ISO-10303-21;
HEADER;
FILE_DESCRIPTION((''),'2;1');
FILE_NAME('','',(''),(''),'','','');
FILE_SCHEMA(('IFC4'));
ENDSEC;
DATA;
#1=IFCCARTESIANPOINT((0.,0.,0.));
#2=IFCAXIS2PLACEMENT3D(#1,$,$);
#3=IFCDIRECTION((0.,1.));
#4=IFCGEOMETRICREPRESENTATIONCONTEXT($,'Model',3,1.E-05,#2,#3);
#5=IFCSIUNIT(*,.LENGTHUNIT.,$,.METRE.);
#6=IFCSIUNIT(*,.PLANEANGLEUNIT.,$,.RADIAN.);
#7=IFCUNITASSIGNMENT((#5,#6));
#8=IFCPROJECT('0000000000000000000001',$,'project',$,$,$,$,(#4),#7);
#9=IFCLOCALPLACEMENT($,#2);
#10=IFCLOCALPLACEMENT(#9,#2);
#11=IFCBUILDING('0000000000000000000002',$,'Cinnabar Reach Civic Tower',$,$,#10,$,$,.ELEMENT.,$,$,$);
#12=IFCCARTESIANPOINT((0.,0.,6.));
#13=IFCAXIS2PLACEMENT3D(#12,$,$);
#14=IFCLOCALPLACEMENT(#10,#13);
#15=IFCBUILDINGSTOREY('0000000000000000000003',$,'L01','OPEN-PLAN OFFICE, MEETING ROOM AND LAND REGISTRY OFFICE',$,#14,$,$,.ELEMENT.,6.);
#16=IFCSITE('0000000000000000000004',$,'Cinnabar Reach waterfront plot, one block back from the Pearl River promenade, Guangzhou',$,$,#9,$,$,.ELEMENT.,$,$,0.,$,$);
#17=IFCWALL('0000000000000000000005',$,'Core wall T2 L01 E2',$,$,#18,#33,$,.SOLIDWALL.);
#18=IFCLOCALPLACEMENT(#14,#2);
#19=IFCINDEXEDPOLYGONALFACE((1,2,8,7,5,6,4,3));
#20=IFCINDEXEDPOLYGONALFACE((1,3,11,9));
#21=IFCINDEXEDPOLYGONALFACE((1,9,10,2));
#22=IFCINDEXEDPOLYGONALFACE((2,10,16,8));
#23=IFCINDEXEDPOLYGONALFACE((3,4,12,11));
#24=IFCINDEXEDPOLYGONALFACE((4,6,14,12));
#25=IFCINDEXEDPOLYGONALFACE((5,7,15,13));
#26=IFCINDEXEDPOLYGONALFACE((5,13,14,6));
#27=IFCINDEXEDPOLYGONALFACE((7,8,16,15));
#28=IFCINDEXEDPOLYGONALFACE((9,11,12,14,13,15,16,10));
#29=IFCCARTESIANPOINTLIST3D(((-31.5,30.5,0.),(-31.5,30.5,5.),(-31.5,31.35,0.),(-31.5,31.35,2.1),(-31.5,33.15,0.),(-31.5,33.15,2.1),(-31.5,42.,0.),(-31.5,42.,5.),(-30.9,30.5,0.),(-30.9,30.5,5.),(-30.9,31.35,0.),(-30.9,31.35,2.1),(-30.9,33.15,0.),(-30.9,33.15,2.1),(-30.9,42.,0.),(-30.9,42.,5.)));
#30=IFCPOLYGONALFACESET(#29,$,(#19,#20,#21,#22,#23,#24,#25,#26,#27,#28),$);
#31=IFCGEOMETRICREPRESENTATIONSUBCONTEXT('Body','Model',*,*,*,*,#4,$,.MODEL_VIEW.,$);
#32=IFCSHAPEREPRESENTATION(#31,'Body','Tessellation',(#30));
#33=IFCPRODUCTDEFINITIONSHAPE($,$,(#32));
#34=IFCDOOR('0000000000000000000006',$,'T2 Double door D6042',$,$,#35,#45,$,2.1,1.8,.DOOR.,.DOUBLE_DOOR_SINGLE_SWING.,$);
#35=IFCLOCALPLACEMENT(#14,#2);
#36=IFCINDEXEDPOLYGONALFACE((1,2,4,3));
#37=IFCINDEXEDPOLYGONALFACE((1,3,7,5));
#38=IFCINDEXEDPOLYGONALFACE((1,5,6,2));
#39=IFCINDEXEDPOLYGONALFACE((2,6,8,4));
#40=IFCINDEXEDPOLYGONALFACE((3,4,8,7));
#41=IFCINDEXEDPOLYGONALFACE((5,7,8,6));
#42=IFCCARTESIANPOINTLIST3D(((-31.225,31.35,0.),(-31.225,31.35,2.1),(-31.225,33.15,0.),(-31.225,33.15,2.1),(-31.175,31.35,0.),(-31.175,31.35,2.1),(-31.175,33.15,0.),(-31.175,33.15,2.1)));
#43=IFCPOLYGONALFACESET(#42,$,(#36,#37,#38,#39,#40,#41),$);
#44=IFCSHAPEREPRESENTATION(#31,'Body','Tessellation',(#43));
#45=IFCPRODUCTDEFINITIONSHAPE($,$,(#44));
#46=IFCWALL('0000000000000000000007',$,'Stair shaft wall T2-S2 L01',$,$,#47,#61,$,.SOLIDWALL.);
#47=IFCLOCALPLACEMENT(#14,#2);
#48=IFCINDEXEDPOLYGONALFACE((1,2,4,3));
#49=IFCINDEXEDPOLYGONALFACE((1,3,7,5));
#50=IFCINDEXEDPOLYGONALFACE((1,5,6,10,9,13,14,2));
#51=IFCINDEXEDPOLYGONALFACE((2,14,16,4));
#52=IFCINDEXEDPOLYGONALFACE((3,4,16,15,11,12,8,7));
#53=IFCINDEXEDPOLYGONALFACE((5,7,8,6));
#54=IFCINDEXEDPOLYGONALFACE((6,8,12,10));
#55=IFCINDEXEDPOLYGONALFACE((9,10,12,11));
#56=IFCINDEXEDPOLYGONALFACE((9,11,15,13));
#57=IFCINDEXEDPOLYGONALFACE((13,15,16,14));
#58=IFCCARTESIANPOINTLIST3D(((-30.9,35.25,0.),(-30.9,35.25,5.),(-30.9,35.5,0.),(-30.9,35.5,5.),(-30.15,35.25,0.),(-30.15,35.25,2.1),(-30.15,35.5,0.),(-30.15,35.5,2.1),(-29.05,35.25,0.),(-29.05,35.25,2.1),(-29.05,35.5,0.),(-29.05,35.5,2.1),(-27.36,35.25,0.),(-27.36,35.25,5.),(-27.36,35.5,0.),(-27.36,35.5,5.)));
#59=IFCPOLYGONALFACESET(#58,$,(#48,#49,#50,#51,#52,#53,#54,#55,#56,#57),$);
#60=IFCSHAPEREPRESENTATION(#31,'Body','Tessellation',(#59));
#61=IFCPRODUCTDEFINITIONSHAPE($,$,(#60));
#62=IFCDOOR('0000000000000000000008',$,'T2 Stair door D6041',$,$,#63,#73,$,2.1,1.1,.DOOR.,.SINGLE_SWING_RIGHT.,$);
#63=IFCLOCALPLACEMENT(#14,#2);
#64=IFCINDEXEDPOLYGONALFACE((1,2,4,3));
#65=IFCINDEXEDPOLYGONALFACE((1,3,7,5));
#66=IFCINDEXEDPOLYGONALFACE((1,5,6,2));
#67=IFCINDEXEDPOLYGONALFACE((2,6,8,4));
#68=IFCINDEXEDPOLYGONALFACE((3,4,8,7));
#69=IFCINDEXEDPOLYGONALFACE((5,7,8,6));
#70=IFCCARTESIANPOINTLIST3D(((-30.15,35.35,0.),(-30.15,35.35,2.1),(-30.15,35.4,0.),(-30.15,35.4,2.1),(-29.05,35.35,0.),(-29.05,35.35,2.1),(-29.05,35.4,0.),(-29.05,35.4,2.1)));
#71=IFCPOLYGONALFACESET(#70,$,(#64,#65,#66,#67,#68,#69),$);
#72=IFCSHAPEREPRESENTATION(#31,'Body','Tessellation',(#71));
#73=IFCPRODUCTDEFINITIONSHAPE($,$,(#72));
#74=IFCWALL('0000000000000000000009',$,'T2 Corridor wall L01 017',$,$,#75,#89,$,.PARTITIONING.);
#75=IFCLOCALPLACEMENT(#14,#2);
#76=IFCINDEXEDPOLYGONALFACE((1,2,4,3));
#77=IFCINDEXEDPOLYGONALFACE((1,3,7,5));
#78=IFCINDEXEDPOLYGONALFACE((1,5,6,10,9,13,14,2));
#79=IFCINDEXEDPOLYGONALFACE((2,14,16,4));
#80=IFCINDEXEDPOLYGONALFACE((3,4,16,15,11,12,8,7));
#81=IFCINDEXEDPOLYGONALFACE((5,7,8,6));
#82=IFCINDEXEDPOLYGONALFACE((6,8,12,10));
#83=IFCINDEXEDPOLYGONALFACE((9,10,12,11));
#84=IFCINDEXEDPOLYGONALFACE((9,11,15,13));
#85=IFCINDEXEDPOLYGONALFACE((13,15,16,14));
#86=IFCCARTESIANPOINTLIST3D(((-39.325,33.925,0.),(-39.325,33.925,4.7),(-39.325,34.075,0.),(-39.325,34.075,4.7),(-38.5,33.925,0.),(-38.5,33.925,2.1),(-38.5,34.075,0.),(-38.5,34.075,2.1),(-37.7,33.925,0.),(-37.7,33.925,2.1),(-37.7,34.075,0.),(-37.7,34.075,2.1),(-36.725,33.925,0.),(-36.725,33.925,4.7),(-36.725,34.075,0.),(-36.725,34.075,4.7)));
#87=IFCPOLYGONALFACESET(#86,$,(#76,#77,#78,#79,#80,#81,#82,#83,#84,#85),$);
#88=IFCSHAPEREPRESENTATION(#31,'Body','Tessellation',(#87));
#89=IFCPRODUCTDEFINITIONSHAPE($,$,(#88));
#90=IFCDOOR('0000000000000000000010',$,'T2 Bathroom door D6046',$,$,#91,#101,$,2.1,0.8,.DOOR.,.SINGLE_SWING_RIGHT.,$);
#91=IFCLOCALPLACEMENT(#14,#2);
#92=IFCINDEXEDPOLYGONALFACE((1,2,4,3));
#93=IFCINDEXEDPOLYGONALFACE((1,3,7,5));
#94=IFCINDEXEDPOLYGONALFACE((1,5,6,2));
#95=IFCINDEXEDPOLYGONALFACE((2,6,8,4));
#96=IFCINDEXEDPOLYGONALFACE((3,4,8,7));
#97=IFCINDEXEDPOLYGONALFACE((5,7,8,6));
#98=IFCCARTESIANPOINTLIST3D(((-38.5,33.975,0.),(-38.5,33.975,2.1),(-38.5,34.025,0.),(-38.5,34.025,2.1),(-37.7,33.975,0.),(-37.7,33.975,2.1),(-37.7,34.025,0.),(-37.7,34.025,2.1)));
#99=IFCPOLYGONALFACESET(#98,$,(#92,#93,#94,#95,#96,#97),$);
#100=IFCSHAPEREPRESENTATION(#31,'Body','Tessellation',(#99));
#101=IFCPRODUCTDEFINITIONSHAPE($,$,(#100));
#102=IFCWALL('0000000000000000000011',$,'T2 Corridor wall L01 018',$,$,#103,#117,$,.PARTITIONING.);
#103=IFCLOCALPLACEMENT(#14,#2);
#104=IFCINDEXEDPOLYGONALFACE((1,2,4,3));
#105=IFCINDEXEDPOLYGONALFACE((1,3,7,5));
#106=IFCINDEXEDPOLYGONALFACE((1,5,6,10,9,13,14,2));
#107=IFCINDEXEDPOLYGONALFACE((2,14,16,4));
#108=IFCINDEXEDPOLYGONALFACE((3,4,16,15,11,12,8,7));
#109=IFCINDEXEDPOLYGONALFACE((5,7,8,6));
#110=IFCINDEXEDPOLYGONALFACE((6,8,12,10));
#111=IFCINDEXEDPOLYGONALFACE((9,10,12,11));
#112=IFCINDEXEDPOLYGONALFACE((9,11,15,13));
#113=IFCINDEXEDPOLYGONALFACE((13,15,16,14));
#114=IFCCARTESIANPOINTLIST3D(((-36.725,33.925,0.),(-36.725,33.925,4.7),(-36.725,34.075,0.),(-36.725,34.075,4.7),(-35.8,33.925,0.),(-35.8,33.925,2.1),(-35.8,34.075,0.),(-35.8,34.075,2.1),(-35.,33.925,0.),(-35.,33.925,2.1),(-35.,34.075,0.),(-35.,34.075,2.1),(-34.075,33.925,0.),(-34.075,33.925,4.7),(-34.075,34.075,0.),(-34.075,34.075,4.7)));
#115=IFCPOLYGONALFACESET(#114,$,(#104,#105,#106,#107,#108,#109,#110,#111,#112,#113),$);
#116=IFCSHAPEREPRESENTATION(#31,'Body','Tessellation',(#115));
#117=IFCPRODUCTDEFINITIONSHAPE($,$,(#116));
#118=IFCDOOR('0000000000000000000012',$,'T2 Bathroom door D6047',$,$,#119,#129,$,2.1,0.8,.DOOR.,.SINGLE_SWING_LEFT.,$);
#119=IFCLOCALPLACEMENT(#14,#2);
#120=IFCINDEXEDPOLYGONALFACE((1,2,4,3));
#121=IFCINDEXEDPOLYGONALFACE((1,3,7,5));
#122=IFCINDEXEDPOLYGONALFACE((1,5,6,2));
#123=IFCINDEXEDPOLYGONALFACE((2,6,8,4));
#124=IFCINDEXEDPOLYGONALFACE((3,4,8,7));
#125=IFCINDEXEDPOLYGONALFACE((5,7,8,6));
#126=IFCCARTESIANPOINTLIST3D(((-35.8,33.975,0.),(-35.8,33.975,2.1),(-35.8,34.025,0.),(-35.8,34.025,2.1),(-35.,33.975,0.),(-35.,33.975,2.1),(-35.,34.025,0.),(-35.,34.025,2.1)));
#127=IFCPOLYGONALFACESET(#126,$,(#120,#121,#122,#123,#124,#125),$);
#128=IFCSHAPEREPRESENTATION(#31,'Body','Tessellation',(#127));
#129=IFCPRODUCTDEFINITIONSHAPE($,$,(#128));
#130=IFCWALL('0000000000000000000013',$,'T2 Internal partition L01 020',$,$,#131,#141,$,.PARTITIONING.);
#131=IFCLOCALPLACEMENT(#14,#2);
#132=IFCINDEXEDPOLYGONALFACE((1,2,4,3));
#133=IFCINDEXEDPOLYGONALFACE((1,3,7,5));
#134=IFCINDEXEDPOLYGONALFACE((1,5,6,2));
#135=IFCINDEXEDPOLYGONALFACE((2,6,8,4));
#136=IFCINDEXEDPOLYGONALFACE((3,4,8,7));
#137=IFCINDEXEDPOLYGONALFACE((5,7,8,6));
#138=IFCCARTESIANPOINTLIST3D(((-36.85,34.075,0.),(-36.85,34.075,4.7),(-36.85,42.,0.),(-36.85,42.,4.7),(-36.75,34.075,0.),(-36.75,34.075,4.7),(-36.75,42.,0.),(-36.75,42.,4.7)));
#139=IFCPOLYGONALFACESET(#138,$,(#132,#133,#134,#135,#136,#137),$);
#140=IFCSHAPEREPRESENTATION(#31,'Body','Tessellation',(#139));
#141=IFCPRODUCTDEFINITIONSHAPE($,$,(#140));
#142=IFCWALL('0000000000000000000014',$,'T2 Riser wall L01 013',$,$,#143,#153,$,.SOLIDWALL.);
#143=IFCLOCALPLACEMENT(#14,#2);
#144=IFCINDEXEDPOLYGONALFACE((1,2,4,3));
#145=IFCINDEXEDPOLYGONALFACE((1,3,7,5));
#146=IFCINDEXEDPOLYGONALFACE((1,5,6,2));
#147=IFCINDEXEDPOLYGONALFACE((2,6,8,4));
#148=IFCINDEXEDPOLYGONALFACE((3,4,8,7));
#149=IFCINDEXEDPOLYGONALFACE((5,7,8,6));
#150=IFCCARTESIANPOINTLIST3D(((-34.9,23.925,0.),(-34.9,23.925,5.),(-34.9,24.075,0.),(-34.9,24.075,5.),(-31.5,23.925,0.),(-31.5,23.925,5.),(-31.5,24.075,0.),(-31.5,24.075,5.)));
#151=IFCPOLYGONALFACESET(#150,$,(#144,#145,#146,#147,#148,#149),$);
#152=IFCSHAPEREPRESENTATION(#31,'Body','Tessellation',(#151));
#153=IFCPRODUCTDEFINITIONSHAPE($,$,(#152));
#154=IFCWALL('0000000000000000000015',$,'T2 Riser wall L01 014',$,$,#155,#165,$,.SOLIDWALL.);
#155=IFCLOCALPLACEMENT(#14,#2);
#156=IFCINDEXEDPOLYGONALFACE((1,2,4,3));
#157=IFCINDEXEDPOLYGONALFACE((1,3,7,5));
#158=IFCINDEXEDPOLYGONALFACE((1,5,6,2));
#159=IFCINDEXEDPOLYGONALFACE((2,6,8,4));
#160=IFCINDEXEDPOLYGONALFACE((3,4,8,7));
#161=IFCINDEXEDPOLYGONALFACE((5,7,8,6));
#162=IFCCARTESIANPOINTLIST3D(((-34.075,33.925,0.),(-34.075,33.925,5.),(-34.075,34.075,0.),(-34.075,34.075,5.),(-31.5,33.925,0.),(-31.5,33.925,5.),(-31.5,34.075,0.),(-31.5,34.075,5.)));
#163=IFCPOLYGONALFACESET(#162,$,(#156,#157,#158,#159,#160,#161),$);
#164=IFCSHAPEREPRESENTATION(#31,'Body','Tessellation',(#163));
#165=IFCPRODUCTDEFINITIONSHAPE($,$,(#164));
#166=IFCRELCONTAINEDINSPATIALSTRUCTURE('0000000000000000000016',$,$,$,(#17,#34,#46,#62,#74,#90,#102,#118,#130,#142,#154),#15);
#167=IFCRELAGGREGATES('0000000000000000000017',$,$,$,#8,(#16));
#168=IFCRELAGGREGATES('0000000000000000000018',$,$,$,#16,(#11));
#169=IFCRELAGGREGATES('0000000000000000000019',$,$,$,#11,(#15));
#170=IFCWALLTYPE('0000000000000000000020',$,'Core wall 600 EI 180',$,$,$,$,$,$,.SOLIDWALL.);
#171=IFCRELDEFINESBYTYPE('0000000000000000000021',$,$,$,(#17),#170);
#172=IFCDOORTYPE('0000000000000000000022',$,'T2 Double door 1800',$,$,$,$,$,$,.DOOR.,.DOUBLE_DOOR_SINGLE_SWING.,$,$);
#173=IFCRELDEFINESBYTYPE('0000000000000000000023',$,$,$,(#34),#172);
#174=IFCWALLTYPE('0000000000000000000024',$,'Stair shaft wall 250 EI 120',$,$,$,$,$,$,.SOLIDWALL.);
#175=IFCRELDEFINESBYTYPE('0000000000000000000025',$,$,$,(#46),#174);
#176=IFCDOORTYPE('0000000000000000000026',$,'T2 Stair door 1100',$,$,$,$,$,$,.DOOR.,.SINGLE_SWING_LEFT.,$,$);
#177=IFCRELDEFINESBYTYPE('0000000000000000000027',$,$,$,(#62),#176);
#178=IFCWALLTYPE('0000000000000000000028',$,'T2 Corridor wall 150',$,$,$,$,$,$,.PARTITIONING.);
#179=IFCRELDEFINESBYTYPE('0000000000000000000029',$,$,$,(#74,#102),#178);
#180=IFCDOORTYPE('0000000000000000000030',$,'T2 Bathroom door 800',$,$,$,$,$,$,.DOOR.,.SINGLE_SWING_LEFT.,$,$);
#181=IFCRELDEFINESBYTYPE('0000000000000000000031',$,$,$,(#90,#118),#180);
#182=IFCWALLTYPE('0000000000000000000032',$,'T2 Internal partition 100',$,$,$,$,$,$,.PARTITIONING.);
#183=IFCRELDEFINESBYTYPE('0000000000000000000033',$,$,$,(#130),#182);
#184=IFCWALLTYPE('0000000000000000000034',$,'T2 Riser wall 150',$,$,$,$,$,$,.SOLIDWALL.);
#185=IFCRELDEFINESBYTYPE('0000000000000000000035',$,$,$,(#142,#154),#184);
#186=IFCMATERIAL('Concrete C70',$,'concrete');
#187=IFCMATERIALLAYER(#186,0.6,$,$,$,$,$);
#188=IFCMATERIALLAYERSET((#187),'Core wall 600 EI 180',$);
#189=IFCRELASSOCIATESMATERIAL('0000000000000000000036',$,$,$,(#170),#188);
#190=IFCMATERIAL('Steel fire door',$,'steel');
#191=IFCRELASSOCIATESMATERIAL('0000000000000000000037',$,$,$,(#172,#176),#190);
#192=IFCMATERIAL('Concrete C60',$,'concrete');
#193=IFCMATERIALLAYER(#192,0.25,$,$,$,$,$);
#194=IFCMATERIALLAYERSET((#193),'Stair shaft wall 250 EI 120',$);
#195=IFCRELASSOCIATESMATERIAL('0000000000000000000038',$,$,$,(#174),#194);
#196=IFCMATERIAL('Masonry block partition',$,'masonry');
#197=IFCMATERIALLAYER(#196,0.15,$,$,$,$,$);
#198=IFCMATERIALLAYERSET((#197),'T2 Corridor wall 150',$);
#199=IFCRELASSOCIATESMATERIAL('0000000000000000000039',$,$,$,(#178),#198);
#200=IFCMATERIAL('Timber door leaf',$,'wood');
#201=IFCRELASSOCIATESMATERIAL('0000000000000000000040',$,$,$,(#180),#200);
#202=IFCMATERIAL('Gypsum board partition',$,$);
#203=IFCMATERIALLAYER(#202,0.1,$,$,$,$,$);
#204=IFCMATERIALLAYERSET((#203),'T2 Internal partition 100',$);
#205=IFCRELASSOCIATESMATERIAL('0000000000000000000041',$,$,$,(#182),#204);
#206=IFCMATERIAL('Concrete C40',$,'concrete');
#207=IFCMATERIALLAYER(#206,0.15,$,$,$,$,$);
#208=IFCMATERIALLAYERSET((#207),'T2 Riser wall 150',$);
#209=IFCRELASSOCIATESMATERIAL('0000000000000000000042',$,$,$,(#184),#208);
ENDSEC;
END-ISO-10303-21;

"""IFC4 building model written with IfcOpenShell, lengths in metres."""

from ifc_helpers import new_model, si_unit, direction, frame, frame_2d, origin, place, context, subcontext, project, spatial, rectangle, extrude, material, layer, layer_set, type_object, element, fill, save


model = new_model("IFC4")

# Units and contexts
model_context = context("Model", 3, precision=1e-05, world=origin(), true_north=direction((0.0, 1.0)))
body_context = subcontext(model_context, "Body", "Model", "MODEL_VIEW")
ifc_project = project(units=[si_unit("LENGTHUNIT", "METRE"), si_unit("PLANEANGLEUNIT", "RADIAN")], contexts=[model_context])

# Site, building, storey
site_placement = place(None, origin())
site = spatial("IfcSite", under=ifc_project, at=site_placement, Name="Cinnabar Reach waterfront plot, one block back from the Pearl River promenade, Guangzhou", CompositionType="ELEMENT", RefElevation=0.0)
building_placement = place(site_placement, origin())
building = spatial("IfcBuilding", under=site, at=building_placement, Name="Cinnabar Reach Civic Tower", CompositionType="ELEMENT")
storey_placement = place(building_placement, frame((0.0, 0.0, 6.0)))
storey = spatial("IfcBuildingStorey", under=building, at=storey_placement, Name="L01", Description="OPEN-PLAN OFFICE, MEETING ROOM AND LAND REGISTRY OFFICE", CompositionType="ELEMENT", Elevation=6.0)

# Walls, openings, doors
ifc_material_1 = material(Name="Concrete C70", Category="concrete")
ifc_layer_1 = layer(ifc_material_1, 0.6)
ifc_layer_set_1 = layer_set([ifc_layer_1], Name="Core wall 600 EI 180")
wall_type_1 = type_object("IfcWallType", Name="Core wall 600 EI 180", PredefinedType="SOLIDWALL", material=ifc_layer_set_1)
wall_1_placement = place(storey_placement, frame((-31.2, 30.5, 0.0), z_axis=(0.0, 0.0, 1.0), x_axis=(0.0, 1.0, 0.0)))
wall_1 = element("IfcWall", 1, at=wall_1_placement, inside=storey, type_object=wall_type_1, Name="Core wall T2 L01 E2", PredefinedType="SOLIDWALL", context=body_context, shape_type="SweptSolid", body=[
    extrude(rectangle(XDim=11.5, YDim=0.6, at=frame_2d((5.75, 0.0))), origin(), (0.0, 0.0, 1.0), 5.0),
])
opening_1_placement = place(wall_1_placement, frame((0.85, 0.0, 0.0)))
opening_1 = element("IfcOpeningElement", 2, at=opening_1_placement, cuts=wall_1, PredefinedType="OPENING", context=body_context, shape_type="SweptSolid", body=[
    extrude(rectangle(XDim=1.8, YDim=2.1, at=frame_2d((0.9, 1.05))), frame((0.0, 0.31, 0.0), z_axis=(0.0, -1.0, 0.0), x_axis=(1.0, 0.0, 0.0)), (0.0, 0.0, 1.0), 0.62),
])
ifc_material_2 = material(Name="Steel fire door", Category="steel")
door_type_1 = type_object("IfcDoorType", Name="T2 Double door 1800", OperationType="DOUBLE_DOOR_SINGLE_SWING", PredefinedType="DOOR", material=ifc_material_2)
door_1_placement = place(opening_1_placement, origin())
door_1 = element("IfcDoor", 3, at=door_1_placement, inside=storey, type_object=door_type_1, Name="T2 Double door D6042", OperationType="DOUBLE_DOOR_SINGLE_SWING", OverallHeight=2.1, OverallWidth=1.8, PredefinedType="DOOR", context=body_context, shape_type="SweptSolid", body=[
    extrude(rectangle(XDim=1.8, YDim=2.1, at=frame_2d((0.9, 1.05))), frame((0.0, 0.025, 0.0), z_axis=(0.0, -1.0, 0.0), x_axis=(1.0, 0.0, 0.0)), (0.0, 0.0, 1.0), 0.05),
])
fill(opening_1, door_1)
ifc_material_3 = material(Name="Concrete C60", Category="concrete")
ifc_layer_2 = layer(ifc_material_3, 0.25)
ifc_layer_set_2 = layer_set([ifc_layer_2], Name="Stair shaft wall 250 EI 120")
wall_type_2 = type_object("IfcWallType", Name="Stair shaft wall 250 EI 120", PredefinedType="SOLIDWALL", material=ifc_layer_set_2)
wall_2_placement = place(storey_placement, frame((-30.9, 35.375, 0.0), z_axis=(0.0, 0.0, 1.0), x_axis=(1.0, 0.0, 0.0)))
wall_2 = element("IfcWall", 4, at=wall_2_placement, inside=storey, type_object=wall_type_2, Name="Stair shaft wall T2-S2 L01", PredefinedType="SOLIDWALL", context=body_context, shape_type="SweptSolid", body=[
    extrude(rectangle(XDim=3.54, YDim=0.25, at=frame_2d((1.77, 0.0))), origin(), (0.0, 0.0, 1.0), 5.0),
])
opening_2_placement = place(wall_2_placement, frame((0.75, 0.0, 0.0)))
opening_2 = element("IfcOpeningElement", 5, at=opening_2_placement, cuts=wall_2, PredefinedType="OPENING", context=body_context, shape_type="SweptSolid", body=[
    extrude(rectangle(XDim=1.1, YDim=2.1, at=frame_2d((0.55, 1.05))), frame((0.0, 0.135, 0.0), z_axis=(0.0, -1.0, 0.0), x_axis=(1.0, 0.0, 0.0)), (0.0, 0.0, 1.0), 0.27),
])
door_type_2 = type_object("IfcDoorType", Name="T2 Stair door 1100", OperationType="SINGLE_SWING_LEFT", PredefinedType="DOOR", material=ifc_material_2)
door_2_placement = place(opening_2_placement, origin())
door_2 = element("IfcDoor", 6, at=door_2_placement, inside=storey, type_object=door_type_2, Name="T2 Stair door D6041", OperationType="SINGLE_SWING_RIGHT", OverallHeight=2.1, OverallWidth=1.1, PredefinedType="DOOR", context=body_context, shape_type="SweptSolid", body=[
    extrude(rectangle(XDim=1.1, YDim=2.1, at=frame_2d((0.55, 1.05))), frame((0.0, 0.025, 0.0), z_axis=(0.0, -1.0, 0.0), x_axis=(1.0, 0.0, 0.0)), (0.0, 0.0, 1.0), 0.05),
])
fill(opening_2, door_2)
ifc_material_4 = material(Name="Masonry block partition", Category="masonry")
ifc_layer_3 = layer(ifc_material_4, 0.15)
ifc_layer_set_3 = layer_set([ifc_layer_3], Name="T2 Corridor wall 150")
wall_type_3 = type_object("IfcWallType", Name="T2 Corridor wall 150", PredefinedType="PARTITIONING", material=ifc_layer_set_3)
wall_3_placement = place(storey_placement, frame((-36.725, 34.0, 0.0), z_axis=(0.0, 0.0, 1.0), x_axis=(-1.0, 0.0, 0.0)))
wall_3 = element("IfcWall", 7, at=wall_3_placement, inside=storey, type_object=wall_type_3, Name="T2 Corridor wall L01 017", PredefinedType="PARTITIONING", context=body_context, shape_type="SweptSolid", body=[
    extrude(rectangle(XDim=2.6, YDim=0.15, at=frame_2d((1.3, 0.0))), origin(), (0.0, 0.0, 1.0), 4.7),
])
opening_3_placement = place(wall_3_placement, frame((0.975, 0.0, 0.0)))
opening_3 = element("IfcOpeningElement", 8, at=opening_3_placement, cuts=wall_3, PredefinedType="OPENING", context=body_context, shape_type="SweptSolid", body=[
    extrude(rectangle(XDim=0.8, YDim=2.1, at=frame_2d((0.4, 1.05))), frame((0.0, 0.085, 0.0), z_axis=(0.0, -1.0, 0.0), x_axis=(1.0, 0.0, 0.0)), (0.0, 0.0, 1.0), 0.17),
])
ifc_material_5 = material(Name="Timber door leaf", Category="wood")
door_type_3 = type_object("IfcDoorType", Name="T2 Bathroom door 800", OperationType="SINGLE_SWING_LEFT", PredefinedType="DOOR", material=ifc_material_5)
door_3_placement = place(opening_3_placement, frame((0.8, 0.0, 0.0), z_axis=(0.0, 0.0, 1.0), x_axis=(-1.0, 0.0, 0.0)))
door_3 = element("IfcDoor", 9, at=door_3_placement, inside=storey, type_object=door_type_3, Name="T2 Bathroom door D6046", OperationType="SINGLE_SWING_RIGHT", OverallHeight=2.1, OverallWidth=0.8, PredefinedType="DOOR", context=body_context, shape_type="SweptSolid", body=[
    extrude(rectangle(XDim=0.8, YDim=2.1, at=frame_2d((0.4, 1.05))), frame((0.0, 0.025, 0.0), z_axis=(0.0, -1.0, 0.0), x_axis=(1.0, 0.0, 0.0)), (0.0, 0.0, 1.0), 0.05),
])
fill(opening_3, door_3)
wall_4_placement = place(storey_placement, frame((-34.075, 34.0, 0.0), z_axis=(0.0, 0.0, 1.0), x_axis=(-1.0, 0.0, 0.0)))
wall_4 = element("IfcWall", 10, at=wall_4_placement, inside=storey, type_object=wall_type_3, Name="T2 Corridor wall L01 018", PredefinedType="PARTITIONING", context=body_context, shape_type="SweptSolid", body=[
    extrude(rectangle(XDim=2.65, YDim=0.15, at=frame_2d((1.325, 0.0))), origin(), (0.0, 0.0, 1.0), 4.7),
])
opening_4_placement = place(wall_4_placement, frame((0.925, 0.0, 0.0)))
opening_4 = element("IfcOpeningElement", 11, at=opening_4_placement, cuts=wall_4, PredefinedType="OPENING", context=body_context, shape_type="SweptSolid", body=[
    extrude(rectangle(XDim=0.8, YDim=2.1, at=frame_2d((0.4, 1.05))), frame((0.0, 0.085, 0.0), z_axis=(0.0, -1.0, 0.0), x_axis=(1.0, 0.0, 0.0)), (0.0, 0.0, 1.0), 0.17),
])
door_4_placement = place(opening_4_placement, frame((0.8, 0.0, 0.0), z_axis=(0.0, 0.0, 1.0), x_axis=(-1.0, 0.0, 0.0)))
door_4 = element("IfcDoor", 12, at=door_4_placement, inside=storey, type_object=door_type_3, Name="T2 Bathroom door D6047", OperationType="SINGLE_SWING_LEFT", OverallHeight=2.1, OverallWidth=0.8, PredefinedType="DOOR", context=body_context, shape_type="SweptSolid", body=[
    extrude(rectangle(XDim=0.8, YDim=2.1, at=frame_2d((0.4, 1.05))), frame((0.0, 0.025, 0.0), z_axis=(0.0, -1.0, 0.0), x_axis=(1.0, 0.0, 0.0)), (0.0, 0.0, 1.0), 0.05),
])
fill(opening_4, door_4)

# Walls
ifc_material_6 = material(Name="Gypsum board partition")
ifc_layer_4 = layer(ifc_material_6, 0.1)
ifc_layer_set_4 = layer_set([ifc_layer_4], Name="T2 Internal partition 100")
wall_type_4 = type_object("IfcWallType", Name="T2 Internal partition 100", PredefinedType="PARTITIONING", material=ifc_layer_set_4)
wall_5_placement = place(storey_placement, frame((-36.8, 34.075, 0.0), z_axis=(0.0, 0.0, 1.0), x_axis=(0.0, 1.0, 0.0)))
element("IfcWall", 13, at=wall_5_placement, inside=storey, type_object=wall_type_4, Name="T2 Internal partition L01 020", PredefinedType="PARTITIONING", context=body_context, shape_type="SweptSolid", body=[
    extrude(rectangle(XDim=7.925, YDim=0.1, at=frame_2d((3.9625, 0.0))), origin(), (0.0, 0.0, 1.0), 4.7),
])
ifc_material_7 = material(Name="Concrete C40", Category="concrete")
ifc_layer_5 = layer(ifc_material_7, 0.15)
ifc_layer_set_5 = layer_set([ifc_layer_5], Name="T2 Riser wall 150")
wall_type_5 = type_object("IfcWallType", Name="T2 Riser wall 150", PredefinedType="SOLIDWALL", material=ifc_layer_set_5)
wall_6_placement = place(storey_placement, frame((-31.5, 24.0, 0.0), z_axis=(0.0, 0.0, 1.0), x_axis=(-1.0, 0.0, 0.0)))
element("IfcWall", 14, at=wall_6_placement, inside=storey, type_object=wall_type_5, Name="T2 Riser wall L01 013", PredefinedType="SOLIDWALL", context=body_context, shape_type="SweptSolid", body=[
    extrude(rectangle(XDim=3.4, YDim=0.15, at=frame_2d((1.7, 0.0))), origin(), (0.0, 0.0, 1.0), 5.0),
])
wall_7_placement = place(storey_placement, frame((-34.075, 34.0, 0.0), z_axis=(0.0, 0.0, 1.0), x_axis=(1.0, 0.0, 0.0)))
element("IfcWall", 15, at=wall_7_placement, inside=storey, type_object=wall_type_5, Name="T2 Riser wall L01 014", PredefinedType="SOLIDWALL", context=body_context, shape_type="SweptSolid", body=[
    extrude(rectangle(XDim=2.575, YDim=0.15, at=frame_2d((1.2875, 0.0))), origin(), (0.0, 0.0, 1.0), 5.0),
])

save(model, "model.ifc")
